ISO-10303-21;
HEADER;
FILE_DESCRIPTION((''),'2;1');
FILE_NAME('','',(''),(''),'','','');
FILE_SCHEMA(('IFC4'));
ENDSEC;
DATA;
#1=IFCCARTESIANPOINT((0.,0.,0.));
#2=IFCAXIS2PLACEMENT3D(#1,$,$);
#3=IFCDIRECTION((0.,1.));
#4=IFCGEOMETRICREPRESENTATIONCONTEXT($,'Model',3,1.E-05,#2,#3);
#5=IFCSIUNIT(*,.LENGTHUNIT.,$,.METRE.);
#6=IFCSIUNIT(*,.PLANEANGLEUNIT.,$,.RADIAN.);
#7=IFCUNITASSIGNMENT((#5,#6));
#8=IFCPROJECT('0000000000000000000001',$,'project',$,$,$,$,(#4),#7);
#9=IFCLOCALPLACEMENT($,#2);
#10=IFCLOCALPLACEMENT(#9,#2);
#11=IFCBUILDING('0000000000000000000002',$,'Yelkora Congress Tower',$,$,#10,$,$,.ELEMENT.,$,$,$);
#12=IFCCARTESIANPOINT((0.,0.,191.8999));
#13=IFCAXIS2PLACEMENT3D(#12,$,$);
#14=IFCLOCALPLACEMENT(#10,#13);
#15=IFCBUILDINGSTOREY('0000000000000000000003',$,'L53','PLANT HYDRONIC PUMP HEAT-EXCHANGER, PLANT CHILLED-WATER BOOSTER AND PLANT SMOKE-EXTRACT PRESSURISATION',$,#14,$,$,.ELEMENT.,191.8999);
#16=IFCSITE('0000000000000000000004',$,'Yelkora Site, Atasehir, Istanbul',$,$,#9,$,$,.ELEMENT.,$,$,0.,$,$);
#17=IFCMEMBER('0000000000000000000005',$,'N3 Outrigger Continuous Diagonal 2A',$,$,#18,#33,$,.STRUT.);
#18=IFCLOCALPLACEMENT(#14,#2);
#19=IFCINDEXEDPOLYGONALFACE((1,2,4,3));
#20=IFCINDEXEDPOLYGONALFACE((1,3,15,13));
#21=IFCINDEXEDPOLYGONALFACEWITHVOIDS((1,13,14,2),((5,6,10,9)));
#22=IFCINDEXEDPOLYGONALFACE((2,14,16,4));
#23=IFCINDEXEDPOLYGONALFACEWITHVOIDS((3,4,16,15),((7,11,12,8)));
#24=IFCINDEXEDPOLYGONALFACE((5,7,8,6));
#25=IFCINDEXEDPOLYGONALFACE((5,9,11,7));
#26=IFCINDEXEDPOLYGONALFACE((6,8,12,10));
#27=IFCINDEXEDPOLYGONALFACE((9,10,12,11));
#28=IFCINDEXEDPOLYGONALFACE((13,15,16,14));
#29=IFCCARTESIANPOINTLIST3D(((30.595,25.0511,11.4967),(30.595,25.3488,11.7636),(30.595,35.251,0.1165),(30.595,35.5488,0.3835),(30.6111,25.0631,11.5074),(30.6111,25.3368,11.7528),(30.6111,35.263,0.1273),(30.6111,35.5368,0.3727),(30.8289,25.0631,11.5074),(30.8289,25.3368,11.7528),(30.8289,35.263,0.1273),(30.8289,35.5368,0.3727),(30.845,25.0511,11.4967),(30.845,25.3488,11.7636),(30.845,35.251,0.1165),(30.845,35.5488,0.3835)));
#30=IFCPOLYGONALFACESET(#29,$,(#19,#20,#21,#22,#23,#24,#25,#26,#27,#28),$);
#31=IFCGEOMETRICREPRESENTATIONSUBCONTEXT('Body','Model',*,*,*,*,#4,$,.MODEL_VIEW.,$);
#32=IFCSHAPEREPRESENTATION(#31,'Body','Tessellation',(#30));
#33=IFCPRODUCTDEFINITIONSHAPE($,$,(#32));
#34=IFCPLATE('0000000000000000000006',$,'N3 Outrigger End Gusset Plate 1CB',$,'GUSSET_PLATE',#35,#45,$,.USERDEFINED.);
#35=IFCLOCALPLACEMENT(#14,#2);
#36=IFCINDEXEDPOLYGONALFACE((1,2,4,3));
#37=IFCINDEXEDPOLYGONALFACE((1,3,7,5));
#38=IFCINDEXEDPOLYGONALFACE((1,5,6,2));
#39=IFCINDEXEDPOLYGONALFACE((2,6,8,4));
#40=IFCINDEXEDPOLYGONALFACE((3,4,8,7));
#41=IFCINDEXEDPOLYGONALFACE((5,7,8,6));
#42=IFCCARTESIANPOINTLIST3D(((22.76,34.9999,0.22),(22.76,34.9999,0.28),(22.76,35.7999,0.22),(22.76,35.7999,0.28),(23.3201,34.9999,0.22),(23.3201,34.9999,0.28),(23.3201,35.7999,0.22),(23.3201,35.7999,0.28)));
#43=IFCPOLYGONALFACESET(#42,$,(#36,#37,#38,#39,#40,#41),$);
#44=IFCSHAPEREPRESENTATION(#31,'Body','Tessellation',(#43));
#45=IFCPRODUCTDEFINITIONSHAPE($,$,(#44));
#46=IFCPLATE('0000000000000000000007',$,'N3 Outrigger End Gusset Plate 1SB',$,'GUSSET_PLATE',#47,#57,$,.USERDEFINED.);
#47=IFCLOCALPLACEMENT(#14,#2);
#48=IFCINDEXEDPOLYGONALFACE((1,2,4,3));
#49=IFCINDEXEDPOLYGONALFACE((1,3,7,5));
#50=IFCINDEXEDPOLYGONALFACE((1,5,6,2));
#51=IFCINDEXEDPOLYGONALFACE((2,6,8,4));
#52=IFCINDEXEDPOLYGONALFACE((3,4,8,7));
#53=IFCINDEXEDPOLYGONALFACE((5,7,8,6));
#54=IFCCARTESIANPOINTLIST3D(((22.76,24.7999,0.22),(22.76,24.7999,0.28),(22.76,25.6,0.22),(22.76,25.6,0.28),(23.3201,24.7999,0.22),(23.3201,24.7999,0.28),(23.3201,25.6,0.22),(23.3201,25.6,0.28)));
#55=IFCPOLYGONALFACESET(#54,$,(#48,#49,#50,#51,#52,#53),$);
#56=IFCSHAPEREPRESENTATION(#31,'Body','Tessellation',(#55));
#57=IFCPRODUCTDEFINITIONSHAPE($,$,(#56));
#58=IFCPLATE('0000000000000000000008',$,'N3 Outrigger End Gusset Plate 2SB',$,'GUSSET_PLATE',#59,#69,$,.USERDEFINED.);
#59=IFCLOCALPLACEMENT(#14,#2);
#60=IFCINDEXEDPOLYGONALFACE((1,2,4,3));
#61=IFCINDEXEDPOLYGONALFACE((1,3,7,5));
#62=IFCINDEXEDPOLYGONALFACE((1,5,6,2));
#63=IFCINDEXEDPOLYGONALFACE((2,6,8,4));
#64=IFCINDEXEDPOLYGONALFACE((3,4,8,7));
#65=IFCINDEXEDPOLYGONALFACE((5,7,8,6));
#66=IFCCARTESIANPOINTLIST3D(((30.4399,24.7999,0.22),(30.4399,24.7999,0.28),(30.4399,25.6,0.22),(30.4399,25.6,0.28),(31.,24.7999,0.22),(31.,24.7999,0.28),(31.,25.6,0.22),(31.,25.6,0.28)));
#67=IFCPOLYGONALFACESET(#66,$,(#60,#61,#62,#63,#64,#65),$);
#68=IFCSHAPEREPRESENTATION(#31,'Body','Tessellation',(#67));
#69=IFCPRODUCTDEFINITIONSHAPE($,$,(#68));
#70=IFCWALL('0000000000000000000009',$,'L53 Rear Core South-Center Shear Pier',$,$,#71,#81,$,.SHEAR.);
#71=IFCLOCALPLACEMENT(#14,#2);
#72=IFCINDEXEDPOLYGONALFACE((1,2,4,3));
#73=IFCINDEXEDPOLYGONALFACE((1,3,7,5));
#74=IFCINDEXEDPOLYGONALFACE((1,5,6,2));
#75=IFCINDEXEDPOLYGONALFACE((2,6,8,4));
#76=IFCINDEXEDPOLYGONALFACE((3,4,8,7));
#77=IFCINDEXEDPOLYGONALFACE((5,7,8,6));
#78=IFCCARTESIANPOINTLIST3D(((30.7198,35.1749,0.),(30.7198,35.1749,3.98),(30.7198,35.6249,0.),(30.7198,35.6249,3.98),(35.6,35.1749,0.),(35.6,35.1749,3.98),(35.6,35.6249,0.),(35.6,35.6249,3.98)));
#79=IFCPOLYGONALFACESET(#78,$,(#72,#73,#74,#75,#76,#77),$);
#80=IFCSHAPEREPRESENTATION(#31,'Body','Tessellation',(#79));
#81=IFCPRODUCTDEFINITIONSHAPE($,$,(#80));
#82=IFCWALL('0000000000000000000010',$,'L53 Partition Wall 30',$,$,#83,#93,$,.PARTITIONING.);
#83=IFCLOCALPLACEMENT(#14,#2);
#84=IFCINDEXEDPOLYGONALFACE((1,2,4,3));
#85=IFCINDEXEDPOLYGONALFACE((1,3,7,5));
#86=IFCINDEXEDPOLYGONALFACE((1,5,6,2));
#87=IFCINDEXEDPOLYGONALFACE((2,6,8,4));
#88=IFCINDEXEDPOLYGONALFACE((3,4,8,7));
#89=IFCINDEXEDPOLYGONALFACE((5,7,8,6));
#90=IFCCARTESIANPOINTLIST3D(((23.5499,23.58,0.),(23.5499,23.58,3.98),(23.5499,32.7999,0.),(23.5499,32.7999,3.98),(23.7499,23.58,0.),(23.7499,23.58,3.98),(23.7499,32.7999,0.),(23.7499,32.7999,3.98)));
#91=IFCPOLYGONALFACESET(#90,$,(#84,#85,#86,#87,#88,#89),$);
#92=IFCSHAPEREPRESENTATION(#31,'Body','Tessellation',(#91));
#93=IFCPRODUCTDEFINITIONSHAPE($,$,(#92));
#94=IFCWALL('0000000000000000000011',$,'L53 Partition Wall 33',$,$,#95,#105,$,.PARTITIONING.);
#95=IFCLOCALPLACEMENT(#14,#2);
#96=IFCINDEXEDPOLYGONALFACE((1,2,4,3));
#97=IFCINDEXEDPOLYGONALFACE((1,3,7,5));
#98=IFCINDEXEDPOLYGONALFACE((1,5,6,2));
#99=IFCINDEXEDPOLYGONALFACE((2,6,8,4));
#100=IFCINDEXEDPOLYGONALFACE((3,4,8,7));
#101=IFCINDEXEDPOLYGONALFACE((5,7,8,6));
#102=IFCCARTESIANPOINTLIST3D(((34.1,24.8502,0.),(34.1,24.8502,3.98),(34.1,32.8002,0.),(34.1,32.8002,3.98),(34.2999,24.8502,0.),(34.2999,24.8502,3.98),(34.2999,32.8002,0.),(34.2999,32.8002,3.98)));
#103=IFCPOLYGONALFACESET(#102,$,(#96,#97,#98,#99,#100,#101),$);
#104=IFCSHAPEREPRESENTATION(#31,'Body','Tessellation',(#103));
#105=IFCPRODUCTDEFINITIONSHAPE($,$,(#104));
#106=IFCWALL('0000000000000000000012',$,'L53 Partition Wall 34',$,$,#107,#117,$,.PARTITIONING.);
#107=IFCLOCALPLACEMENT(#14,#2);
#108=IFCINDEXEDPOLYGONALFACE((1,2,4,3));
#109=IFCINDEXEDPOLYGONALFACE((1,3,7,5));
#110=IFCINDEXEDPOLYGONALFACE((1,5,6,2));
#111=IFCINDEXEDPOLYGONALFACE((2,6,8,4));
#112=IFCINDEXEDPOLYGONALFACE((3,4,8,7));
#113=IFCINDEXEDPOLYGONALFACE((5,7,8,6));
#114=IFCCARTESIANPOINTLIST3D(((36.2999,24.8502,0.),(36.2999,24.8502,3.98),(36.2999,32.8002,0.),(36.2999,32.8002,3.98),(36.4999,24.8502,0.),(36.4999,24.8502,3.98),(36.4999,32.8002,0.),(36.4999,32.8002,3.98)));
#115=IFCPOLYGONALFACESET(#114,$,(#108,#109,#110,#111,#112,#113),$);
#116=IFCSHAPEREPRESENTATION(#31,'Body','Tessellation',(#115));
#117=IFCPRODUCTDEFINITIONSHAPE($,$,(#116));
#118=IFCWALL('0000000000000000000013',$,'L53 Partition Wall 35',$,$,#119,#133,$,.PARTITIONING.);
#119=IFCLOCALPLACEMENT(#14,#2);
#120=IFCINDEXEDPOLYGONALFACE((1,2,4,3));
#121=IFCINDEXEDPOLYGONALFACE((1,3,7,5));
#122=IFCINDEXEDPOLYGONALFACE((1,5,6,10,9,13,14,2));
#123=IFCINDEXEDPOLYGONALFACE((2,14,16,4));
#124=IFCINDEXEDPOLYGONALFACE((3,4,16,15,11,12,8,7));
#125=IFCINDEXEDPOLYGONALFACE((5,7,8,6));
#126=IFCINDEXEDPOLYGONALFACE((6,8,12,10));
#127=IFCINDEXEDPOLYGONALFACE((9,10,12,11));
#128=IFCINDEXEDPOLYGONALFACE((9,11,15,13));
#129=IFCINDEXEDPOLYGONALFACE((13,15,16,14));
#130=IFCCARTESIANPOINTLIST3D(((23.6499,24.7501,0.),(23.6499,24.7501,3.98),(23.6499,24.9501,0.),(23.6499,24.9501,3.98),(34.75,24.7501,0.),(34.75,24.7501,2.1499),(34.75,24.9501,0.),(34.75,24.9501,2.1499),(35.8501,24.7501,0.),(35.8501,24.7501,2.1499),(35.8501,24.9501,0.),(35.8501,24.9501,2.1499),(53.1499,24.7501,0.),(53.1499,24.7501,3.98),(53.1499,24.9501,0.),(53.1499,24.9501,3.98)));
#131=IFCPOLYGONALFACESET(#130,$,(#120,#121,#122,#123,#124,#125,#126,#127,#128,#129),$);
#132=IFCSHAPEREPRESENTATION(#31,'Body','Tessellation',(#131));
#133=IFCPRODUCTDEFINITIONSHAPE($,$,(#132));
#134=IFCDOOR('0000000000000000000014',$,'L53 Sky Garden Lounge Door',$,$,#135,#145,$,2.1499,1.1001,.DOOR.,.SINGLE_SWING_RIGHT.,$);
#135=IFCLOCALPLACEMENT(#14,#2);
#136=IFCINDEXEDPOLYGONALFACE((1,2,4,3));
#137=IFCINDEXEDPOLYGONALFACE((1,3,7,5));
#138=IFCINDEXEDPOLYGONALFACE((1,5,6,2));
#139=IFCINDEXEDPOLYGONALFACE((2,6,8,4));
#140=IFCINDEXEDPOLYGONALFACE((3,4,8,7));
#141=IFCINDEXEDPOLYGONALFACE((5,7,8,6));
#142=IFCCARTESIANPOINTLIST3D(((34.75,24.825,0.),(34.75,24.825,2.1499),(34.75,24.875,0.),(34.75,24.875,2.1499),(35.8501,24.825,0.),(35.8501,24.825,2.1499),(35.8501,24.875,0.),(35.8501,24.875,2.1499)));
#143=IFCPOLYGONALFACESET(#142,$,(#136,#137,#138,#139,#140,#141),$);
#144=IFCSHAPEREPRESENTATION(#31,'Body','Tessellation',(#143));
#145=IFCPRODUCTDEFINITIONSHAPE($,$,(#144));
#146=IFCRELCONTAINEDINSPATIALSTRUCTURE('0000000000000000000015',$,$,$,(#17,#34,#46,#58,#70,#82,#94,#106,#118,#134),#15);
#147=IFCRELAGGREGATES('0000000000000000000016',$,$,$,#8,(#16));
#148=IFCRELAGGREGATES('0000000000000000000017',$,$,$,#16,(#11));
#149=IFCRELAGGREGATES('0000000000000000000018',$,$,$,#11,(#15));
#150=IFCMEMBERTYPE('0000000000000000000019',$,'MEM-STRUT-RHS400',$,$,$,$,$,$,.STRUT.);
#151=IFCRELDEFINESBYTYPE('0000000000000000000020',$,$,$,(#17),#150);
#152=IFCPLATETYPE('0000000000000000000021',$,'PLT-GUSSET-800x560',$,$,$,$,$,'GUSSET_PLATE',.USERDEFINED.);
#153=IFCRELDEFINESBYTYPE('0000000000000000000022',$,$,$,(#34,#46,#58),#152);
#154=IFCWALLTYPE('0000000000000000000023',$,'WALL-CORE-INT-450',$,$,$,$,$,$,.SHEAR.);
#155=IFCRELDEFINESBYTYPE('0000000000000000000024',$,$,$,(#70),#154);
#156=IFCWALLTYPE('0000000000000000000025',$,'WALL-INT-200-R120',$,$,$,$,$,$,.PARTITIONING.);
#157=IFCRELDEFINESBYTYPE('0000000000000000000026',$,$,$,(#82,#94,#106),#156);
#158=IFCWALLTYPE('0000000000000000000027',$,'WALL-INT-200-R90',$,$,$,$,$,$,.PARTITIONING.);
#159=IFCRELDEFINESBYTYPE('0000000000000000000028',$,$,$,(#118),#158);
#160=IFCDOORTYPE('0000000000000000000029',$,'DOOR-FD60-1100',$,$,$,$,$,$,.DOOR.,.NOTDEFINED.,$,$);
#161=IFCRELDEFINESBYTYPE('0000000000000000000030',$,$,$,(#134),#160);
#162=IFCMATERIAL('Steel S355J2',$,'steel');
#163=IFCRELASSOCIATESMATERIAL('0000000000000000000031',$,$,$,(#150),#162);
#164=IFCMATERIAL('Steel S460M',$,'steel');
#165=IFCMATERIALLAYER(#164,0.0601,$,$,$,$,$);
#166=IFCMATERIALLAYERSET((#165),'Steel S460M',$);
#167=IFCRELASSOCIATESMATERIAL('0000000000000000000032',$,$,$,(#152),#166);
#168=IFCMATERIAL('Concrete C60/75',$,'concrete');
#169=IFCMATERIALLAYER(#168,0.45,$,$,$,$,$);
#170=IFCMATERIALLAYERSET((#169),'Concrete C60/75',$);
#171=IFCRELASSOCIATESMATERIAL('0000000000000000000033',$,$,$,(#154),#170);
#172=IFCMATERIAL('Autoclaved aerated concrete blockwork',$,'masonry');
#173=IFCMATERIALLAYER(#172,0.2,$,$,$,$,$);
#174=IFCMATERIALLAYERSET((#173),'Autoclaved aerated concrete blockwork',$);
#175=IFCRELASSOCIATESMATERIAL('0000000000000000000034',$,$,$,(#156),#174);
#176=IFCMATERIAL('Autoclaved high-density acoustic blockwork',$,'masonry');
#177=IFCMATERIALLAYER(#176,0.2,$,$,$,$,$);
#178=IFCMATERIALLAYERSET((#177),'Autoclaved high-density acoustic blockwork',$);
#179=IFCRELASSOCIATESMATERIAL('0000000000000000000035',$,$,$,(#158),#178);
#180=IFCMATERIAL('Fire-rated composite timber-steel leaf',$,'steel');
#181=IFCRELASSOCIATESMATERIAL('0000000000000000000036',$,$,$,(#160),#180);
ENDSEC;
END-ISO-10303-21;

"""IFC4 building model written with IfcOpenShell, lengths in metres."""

from ifc_helpers import new_model, si_unit, direction, frame, frame_2d, origin, origin_2d, place, context, subcontext, project, spatial, rectangle, hollow_rectangle, extrude, material, layer, layer_set, material_profile, profile_set, type_object, element, fill, save


model = new_model("IFC4")

# Units and contexts
model_context = context("Model", 3, precision=1e-05, world=origin(), true_north=direction((0.0, 1.0)))
body_context = subcontext(model_context, "Body", "Model", "MODEL_VIEW")
ifc_project = project(units=[si_unit("LENGTHUNIT", "METRE"), si_unit("PLANEANGLEUNIT", "RADIAN")], contexts=[model_context])

# Site, building, storey
site_placement = place(None, origin())
site = spatial("IfcSite", under=ifc_project, at=site_placement, Name="Yelkora Site, Atasehir, Istanbul", CompositionType="ELEMENT", RefElevation=0.0)
building_placement = place(site_placement, origin())
building = spatial("IfcBuilding", under=site, at=building_placement, Name="Yelkora Congress Tower", CompositionType="ELEMENT")
storey_placement = place(building_placement, frame((0.0, 0.0, 191.8999)))
storey = spatial("IfcBuildingStorey", under=building, at=storey_placement, Name="L53", Description="PLANT HYDRONIC PUMP HEAT-EXCHANGER, PLANT CHILLED-WATER BOOSTER AND PLANT SMOKE-EXTRACT PRESSURISATION", CompositionType="ELEMENT", Elevation=191.8999)

# Shared definitions
ifc_material_1 = material(Name="Steel S460M", Category="steel")

# Member
ifc_material_2 = material(Name="Steel S355J2", Category="steel")
ifc_material_profile_1 = material_profile(ifc_material_2, hollow_rectangle(XDim=0.25, YDim=0.3999, WallThickness=0.0161, at=origin_2d()), Name="RHS 400x250x16")
ifc_profile_set_1 = profile_set([ifc_material_profile_1], Name="Steel S355J2")
member_type_1 = type_object("IfcMemberType", Name="MEM-STRUT-RHS400", PredefinedType="STRUT", material=ifc_profile_set_1)
member_1_placement = place(storey_placement, frame((30.72, 35.3999, 0.25), z_axis=(0.0, -0.667439, 0.744664), x_axis=(1.0, 0.0, 0.0)))
element("IfcMember", 1, at=member_1_placement, inside=storey, type_object=member_type_1, Name="N3 Outrigger Continuous Diagonal 2A", PredefinedType="STRUT", context=body_context, shape_type="SweptSolid", body=[
    extrude(hollow_rectangle(XDim=0.25, YDim=0.3999, WallThickness=0.0161, at=origin_2d()), origin(), (0.0, 0.0, 1.0), 15.2822),
])

# Plates
ifc_layer_1 = layer(ifc_material_1, 0.0601)
ifc_layer_set_1 = layer_set([ifc_layer_1], Name="Steel S460M")
plate_type = type_object("IfcPlateType", Name="PLT-GUSSET-800x560", ElementType="GUSSET_PLATE", PredefinedType="USERDEFINED", material=ifc_layer_set_1)
for number, where, z_axis, x_axis, name in (
    (2, (23.04, 35.3999, 0.22), (0.0, 0.0, 1.0), (0.0, 1.0, 0.0), "N3 Outrigger End Gusset Plate 1CB"),
    (3, (23.04, 25.2, 0.22), (0.0, 0.0, 1.0), (0.0, 1.0, 0.0), "N3 Outrigger End Gusset Plate 1SB"),
    (4, (30.72, 25.2, 0.22), (0.0, 0.0, 1.0), (0.0, 1.0, 0.0), "N3 Outrigger End Gusset Plate 2SB"),
):
    element("IfcPlate", number, at=place(storey_placement, frame(where, z_axis=z_axis, x_axis=x_axis)), inside=storey, type_object=plate_type, Name=name, ObjectType="GUSSET_PLATE", PredefinedType="USERDEFINED", context=body_context, shape_type="SweptSolid", body=[
        extrude(rectangle(XDim=0.8, YDim=0.5601, at=origin_2d()), origin(), (0.0, 0.0, 1.0), 0.0601),
    ])

# Wall
ifc_material_3 = material(Name="Concrete C60/75", Category="concrete")
ifc_layer_2 = layer(ifc_material_3, 0.45)
ifc_layer_set_2 = layer_set([ifc_layer_2], Name="Concrete C60/75")
wall_type_1 = type_object("IfcWallType", Name="WALL-CORE-INT-450", PredefinedType="SHEAR", material=ifc_layer_set_2)
wall_1_placement = place(storey_placement, frame((30.72, 35.3999, 0.0), z_axis=(0.0, 0.0, 1.0), x_axis=(1.0, 0.0, 0.0)))
element("IfcWall", 5, at=wall_1_placement, inside=storey, type_object=wall_type_1, Name="L53 Rear Core South-Center Shear Pier", PredefinedType="SHEAR", context=body_context, shape_type="SweptSolid", body=[
    extrude(rectangle(XDim=4.8801, YDim=0.45, at=frame_2d((2.4399, 0.0))), origin(), (0.0, 0.0, 1.0), 3.98),
])

# Shared definitions
ifc_material_4 = material(Name="Autoclaved aerated concrete blockwork", Category="masonry")
ifc_layer_3 = layer(ifc_material_4, 0.2)
ifc_layer_set_3 = layer_set([ifc_layer_3], Name="Autoclaved aerated concrete blockwork")
wall_type_2 = type_object("IfcWallType", Name="WALL-INT-200-R120", PredefinedType="PARTITIONING", material=ifc_layer_set_3)

# Walls
wall_2_placement = place(storey_placement, frame((23.6499, 23.5801, 0.0), z_axis=(0.0, 0.0, 1.0), x_axis=(0.0, 1.0, 0.0)))
element("IfcWall", 6, at=wall_2_placement, inside=storey, type_object=wall_type_2, Name="L53 Partition Wall 30", PredefinedType="PARTITIONING", context=body_context, shape_type="SweptSolid", body=[
    extrude(rectangle(XDim=9.22, YDim=0.2, at=frame_2d((4.6099, 0.0))), origin(), (0.0, 0.0, 1.0), 3.98),
])
for number, where, z_axis, x_axis, name in (
    (7, (34.2, 24.8501, 0.0), (0.0, 0.0, 1.0), (0.0, 1.0, 0.0), "L53 Partition Wall 33"),
    (8, (36.3999, 24.8501, 0.0), (0.0, 0.0, 1.0), (0.0, 1.0, 0.0), "L53 Partition Wall 34"),
):
    element("IfcWall", number, at=place(storey_placement, frame(where, z_axis=z_axis, x_axis=x_axis)), inside=storey, type_object=wall_type_2, Name=name, PredefinedType="PARTITIONING", context=body_context, shape_type="SweptSolid", body=[
        extrude(rectangle(XDim=7.95, YDim=0.2, at=frame_2d((3.9751, 0.0))), origin(), (0.0, 0.0, 1.0), 3.98),
    ])

# Wall, opening, door
ifc_material_5 = material(Name="Autoclaved high-density acoustic blockwork", Category="masonry")
ifc_layer_4 = layer(ifc_material_5, 0.2)
ifc_layer_set_4 = layer_set([ifc_layer_4], Name="Autoclaved high-density acoustic blockwork")
wall_type_3 = type_object("IfcWallType", Name="WALL-INT-200-R90", PredefinedType="PARTITIONING", material=ifc_layer_set_4)
wall_3_placement = place(storey_placement, frame((23.6499, 24.8501, 0.0), z_axis=(0.0, 0.0, 1.0), x_axis=(1.0, 0.0, 0.0)))
wall_3 = element("IfcWall", 9, at=wall_3_placement, inside=storey, type_object=wall_type_3, Name="L53 Partition Wall 35", PredefinedType="PARTITIONING", context=body_context, shape_type="SweptSolid", body=[
    extrude(rectangle(XDim=29.5, YDim=0.2, at=frame_2d((14.75, 0.0))), origin(), (0.0, 0.0, 1.0), 3.98),
])
opening_1_placement = place(wall_3_placement, frame((11.1001, 0.0, 0.0)))
opening_1 = element("IfcOpeningElement", 10, at=opening_1_placement, cuts=wall_3, PredefinedType="OPENING", context=body_context, shape_type="SweptSolid", body=[
    extrude(rectangle(XDim=1.1001, YDim=2.1499, at=frame_2d((0.55, 1.075))), frame((0.0, 0.1099, 0.0), z_axis=(0.0, -1.0, 0.0), x_axis=(1.0, 0.0, 0.0)), (0.0, 0.0, 1.0), 0.22),
])
ifc_material_6 = material(Name="Fire-rated composite timber-steel leaf", Category="steel")
door_type_1 = type_object("IfcDoorType", Name="DOOR-FD60-1100", OperationType="NOTDEFINED", PredefinedType="DOOR", material=ifc_material_6)
door_1_placement = place(opening_1_placement, origin())
door_1 = element("IfcDoor", 11, at=door_1_placement, inside=storey, type_object=door_type_1, Name="L53 Sky Garden Lounge Door", OperationType="SINGLE_SWING_RIGHT", OverallHeight=2.1499, OverallWidth=1.1001, PredefinedType="DOOR", context=body_context, shape_type="SweptSolid", body=[
    extrude(rectangle(XDim=1.1001, YDim=2.1499, at=frame_2d((0.55, 1.075))), frame((0.0, 0.0249, 0.0), z_axis=(0.0, -1.0, 0.0), x_axis=(1.0, 0.0, 0.0)), (0.0, 0.0, 1.0), 0.05),
])
fill(opening_1, door_1)

save(model, "model.ifc")
